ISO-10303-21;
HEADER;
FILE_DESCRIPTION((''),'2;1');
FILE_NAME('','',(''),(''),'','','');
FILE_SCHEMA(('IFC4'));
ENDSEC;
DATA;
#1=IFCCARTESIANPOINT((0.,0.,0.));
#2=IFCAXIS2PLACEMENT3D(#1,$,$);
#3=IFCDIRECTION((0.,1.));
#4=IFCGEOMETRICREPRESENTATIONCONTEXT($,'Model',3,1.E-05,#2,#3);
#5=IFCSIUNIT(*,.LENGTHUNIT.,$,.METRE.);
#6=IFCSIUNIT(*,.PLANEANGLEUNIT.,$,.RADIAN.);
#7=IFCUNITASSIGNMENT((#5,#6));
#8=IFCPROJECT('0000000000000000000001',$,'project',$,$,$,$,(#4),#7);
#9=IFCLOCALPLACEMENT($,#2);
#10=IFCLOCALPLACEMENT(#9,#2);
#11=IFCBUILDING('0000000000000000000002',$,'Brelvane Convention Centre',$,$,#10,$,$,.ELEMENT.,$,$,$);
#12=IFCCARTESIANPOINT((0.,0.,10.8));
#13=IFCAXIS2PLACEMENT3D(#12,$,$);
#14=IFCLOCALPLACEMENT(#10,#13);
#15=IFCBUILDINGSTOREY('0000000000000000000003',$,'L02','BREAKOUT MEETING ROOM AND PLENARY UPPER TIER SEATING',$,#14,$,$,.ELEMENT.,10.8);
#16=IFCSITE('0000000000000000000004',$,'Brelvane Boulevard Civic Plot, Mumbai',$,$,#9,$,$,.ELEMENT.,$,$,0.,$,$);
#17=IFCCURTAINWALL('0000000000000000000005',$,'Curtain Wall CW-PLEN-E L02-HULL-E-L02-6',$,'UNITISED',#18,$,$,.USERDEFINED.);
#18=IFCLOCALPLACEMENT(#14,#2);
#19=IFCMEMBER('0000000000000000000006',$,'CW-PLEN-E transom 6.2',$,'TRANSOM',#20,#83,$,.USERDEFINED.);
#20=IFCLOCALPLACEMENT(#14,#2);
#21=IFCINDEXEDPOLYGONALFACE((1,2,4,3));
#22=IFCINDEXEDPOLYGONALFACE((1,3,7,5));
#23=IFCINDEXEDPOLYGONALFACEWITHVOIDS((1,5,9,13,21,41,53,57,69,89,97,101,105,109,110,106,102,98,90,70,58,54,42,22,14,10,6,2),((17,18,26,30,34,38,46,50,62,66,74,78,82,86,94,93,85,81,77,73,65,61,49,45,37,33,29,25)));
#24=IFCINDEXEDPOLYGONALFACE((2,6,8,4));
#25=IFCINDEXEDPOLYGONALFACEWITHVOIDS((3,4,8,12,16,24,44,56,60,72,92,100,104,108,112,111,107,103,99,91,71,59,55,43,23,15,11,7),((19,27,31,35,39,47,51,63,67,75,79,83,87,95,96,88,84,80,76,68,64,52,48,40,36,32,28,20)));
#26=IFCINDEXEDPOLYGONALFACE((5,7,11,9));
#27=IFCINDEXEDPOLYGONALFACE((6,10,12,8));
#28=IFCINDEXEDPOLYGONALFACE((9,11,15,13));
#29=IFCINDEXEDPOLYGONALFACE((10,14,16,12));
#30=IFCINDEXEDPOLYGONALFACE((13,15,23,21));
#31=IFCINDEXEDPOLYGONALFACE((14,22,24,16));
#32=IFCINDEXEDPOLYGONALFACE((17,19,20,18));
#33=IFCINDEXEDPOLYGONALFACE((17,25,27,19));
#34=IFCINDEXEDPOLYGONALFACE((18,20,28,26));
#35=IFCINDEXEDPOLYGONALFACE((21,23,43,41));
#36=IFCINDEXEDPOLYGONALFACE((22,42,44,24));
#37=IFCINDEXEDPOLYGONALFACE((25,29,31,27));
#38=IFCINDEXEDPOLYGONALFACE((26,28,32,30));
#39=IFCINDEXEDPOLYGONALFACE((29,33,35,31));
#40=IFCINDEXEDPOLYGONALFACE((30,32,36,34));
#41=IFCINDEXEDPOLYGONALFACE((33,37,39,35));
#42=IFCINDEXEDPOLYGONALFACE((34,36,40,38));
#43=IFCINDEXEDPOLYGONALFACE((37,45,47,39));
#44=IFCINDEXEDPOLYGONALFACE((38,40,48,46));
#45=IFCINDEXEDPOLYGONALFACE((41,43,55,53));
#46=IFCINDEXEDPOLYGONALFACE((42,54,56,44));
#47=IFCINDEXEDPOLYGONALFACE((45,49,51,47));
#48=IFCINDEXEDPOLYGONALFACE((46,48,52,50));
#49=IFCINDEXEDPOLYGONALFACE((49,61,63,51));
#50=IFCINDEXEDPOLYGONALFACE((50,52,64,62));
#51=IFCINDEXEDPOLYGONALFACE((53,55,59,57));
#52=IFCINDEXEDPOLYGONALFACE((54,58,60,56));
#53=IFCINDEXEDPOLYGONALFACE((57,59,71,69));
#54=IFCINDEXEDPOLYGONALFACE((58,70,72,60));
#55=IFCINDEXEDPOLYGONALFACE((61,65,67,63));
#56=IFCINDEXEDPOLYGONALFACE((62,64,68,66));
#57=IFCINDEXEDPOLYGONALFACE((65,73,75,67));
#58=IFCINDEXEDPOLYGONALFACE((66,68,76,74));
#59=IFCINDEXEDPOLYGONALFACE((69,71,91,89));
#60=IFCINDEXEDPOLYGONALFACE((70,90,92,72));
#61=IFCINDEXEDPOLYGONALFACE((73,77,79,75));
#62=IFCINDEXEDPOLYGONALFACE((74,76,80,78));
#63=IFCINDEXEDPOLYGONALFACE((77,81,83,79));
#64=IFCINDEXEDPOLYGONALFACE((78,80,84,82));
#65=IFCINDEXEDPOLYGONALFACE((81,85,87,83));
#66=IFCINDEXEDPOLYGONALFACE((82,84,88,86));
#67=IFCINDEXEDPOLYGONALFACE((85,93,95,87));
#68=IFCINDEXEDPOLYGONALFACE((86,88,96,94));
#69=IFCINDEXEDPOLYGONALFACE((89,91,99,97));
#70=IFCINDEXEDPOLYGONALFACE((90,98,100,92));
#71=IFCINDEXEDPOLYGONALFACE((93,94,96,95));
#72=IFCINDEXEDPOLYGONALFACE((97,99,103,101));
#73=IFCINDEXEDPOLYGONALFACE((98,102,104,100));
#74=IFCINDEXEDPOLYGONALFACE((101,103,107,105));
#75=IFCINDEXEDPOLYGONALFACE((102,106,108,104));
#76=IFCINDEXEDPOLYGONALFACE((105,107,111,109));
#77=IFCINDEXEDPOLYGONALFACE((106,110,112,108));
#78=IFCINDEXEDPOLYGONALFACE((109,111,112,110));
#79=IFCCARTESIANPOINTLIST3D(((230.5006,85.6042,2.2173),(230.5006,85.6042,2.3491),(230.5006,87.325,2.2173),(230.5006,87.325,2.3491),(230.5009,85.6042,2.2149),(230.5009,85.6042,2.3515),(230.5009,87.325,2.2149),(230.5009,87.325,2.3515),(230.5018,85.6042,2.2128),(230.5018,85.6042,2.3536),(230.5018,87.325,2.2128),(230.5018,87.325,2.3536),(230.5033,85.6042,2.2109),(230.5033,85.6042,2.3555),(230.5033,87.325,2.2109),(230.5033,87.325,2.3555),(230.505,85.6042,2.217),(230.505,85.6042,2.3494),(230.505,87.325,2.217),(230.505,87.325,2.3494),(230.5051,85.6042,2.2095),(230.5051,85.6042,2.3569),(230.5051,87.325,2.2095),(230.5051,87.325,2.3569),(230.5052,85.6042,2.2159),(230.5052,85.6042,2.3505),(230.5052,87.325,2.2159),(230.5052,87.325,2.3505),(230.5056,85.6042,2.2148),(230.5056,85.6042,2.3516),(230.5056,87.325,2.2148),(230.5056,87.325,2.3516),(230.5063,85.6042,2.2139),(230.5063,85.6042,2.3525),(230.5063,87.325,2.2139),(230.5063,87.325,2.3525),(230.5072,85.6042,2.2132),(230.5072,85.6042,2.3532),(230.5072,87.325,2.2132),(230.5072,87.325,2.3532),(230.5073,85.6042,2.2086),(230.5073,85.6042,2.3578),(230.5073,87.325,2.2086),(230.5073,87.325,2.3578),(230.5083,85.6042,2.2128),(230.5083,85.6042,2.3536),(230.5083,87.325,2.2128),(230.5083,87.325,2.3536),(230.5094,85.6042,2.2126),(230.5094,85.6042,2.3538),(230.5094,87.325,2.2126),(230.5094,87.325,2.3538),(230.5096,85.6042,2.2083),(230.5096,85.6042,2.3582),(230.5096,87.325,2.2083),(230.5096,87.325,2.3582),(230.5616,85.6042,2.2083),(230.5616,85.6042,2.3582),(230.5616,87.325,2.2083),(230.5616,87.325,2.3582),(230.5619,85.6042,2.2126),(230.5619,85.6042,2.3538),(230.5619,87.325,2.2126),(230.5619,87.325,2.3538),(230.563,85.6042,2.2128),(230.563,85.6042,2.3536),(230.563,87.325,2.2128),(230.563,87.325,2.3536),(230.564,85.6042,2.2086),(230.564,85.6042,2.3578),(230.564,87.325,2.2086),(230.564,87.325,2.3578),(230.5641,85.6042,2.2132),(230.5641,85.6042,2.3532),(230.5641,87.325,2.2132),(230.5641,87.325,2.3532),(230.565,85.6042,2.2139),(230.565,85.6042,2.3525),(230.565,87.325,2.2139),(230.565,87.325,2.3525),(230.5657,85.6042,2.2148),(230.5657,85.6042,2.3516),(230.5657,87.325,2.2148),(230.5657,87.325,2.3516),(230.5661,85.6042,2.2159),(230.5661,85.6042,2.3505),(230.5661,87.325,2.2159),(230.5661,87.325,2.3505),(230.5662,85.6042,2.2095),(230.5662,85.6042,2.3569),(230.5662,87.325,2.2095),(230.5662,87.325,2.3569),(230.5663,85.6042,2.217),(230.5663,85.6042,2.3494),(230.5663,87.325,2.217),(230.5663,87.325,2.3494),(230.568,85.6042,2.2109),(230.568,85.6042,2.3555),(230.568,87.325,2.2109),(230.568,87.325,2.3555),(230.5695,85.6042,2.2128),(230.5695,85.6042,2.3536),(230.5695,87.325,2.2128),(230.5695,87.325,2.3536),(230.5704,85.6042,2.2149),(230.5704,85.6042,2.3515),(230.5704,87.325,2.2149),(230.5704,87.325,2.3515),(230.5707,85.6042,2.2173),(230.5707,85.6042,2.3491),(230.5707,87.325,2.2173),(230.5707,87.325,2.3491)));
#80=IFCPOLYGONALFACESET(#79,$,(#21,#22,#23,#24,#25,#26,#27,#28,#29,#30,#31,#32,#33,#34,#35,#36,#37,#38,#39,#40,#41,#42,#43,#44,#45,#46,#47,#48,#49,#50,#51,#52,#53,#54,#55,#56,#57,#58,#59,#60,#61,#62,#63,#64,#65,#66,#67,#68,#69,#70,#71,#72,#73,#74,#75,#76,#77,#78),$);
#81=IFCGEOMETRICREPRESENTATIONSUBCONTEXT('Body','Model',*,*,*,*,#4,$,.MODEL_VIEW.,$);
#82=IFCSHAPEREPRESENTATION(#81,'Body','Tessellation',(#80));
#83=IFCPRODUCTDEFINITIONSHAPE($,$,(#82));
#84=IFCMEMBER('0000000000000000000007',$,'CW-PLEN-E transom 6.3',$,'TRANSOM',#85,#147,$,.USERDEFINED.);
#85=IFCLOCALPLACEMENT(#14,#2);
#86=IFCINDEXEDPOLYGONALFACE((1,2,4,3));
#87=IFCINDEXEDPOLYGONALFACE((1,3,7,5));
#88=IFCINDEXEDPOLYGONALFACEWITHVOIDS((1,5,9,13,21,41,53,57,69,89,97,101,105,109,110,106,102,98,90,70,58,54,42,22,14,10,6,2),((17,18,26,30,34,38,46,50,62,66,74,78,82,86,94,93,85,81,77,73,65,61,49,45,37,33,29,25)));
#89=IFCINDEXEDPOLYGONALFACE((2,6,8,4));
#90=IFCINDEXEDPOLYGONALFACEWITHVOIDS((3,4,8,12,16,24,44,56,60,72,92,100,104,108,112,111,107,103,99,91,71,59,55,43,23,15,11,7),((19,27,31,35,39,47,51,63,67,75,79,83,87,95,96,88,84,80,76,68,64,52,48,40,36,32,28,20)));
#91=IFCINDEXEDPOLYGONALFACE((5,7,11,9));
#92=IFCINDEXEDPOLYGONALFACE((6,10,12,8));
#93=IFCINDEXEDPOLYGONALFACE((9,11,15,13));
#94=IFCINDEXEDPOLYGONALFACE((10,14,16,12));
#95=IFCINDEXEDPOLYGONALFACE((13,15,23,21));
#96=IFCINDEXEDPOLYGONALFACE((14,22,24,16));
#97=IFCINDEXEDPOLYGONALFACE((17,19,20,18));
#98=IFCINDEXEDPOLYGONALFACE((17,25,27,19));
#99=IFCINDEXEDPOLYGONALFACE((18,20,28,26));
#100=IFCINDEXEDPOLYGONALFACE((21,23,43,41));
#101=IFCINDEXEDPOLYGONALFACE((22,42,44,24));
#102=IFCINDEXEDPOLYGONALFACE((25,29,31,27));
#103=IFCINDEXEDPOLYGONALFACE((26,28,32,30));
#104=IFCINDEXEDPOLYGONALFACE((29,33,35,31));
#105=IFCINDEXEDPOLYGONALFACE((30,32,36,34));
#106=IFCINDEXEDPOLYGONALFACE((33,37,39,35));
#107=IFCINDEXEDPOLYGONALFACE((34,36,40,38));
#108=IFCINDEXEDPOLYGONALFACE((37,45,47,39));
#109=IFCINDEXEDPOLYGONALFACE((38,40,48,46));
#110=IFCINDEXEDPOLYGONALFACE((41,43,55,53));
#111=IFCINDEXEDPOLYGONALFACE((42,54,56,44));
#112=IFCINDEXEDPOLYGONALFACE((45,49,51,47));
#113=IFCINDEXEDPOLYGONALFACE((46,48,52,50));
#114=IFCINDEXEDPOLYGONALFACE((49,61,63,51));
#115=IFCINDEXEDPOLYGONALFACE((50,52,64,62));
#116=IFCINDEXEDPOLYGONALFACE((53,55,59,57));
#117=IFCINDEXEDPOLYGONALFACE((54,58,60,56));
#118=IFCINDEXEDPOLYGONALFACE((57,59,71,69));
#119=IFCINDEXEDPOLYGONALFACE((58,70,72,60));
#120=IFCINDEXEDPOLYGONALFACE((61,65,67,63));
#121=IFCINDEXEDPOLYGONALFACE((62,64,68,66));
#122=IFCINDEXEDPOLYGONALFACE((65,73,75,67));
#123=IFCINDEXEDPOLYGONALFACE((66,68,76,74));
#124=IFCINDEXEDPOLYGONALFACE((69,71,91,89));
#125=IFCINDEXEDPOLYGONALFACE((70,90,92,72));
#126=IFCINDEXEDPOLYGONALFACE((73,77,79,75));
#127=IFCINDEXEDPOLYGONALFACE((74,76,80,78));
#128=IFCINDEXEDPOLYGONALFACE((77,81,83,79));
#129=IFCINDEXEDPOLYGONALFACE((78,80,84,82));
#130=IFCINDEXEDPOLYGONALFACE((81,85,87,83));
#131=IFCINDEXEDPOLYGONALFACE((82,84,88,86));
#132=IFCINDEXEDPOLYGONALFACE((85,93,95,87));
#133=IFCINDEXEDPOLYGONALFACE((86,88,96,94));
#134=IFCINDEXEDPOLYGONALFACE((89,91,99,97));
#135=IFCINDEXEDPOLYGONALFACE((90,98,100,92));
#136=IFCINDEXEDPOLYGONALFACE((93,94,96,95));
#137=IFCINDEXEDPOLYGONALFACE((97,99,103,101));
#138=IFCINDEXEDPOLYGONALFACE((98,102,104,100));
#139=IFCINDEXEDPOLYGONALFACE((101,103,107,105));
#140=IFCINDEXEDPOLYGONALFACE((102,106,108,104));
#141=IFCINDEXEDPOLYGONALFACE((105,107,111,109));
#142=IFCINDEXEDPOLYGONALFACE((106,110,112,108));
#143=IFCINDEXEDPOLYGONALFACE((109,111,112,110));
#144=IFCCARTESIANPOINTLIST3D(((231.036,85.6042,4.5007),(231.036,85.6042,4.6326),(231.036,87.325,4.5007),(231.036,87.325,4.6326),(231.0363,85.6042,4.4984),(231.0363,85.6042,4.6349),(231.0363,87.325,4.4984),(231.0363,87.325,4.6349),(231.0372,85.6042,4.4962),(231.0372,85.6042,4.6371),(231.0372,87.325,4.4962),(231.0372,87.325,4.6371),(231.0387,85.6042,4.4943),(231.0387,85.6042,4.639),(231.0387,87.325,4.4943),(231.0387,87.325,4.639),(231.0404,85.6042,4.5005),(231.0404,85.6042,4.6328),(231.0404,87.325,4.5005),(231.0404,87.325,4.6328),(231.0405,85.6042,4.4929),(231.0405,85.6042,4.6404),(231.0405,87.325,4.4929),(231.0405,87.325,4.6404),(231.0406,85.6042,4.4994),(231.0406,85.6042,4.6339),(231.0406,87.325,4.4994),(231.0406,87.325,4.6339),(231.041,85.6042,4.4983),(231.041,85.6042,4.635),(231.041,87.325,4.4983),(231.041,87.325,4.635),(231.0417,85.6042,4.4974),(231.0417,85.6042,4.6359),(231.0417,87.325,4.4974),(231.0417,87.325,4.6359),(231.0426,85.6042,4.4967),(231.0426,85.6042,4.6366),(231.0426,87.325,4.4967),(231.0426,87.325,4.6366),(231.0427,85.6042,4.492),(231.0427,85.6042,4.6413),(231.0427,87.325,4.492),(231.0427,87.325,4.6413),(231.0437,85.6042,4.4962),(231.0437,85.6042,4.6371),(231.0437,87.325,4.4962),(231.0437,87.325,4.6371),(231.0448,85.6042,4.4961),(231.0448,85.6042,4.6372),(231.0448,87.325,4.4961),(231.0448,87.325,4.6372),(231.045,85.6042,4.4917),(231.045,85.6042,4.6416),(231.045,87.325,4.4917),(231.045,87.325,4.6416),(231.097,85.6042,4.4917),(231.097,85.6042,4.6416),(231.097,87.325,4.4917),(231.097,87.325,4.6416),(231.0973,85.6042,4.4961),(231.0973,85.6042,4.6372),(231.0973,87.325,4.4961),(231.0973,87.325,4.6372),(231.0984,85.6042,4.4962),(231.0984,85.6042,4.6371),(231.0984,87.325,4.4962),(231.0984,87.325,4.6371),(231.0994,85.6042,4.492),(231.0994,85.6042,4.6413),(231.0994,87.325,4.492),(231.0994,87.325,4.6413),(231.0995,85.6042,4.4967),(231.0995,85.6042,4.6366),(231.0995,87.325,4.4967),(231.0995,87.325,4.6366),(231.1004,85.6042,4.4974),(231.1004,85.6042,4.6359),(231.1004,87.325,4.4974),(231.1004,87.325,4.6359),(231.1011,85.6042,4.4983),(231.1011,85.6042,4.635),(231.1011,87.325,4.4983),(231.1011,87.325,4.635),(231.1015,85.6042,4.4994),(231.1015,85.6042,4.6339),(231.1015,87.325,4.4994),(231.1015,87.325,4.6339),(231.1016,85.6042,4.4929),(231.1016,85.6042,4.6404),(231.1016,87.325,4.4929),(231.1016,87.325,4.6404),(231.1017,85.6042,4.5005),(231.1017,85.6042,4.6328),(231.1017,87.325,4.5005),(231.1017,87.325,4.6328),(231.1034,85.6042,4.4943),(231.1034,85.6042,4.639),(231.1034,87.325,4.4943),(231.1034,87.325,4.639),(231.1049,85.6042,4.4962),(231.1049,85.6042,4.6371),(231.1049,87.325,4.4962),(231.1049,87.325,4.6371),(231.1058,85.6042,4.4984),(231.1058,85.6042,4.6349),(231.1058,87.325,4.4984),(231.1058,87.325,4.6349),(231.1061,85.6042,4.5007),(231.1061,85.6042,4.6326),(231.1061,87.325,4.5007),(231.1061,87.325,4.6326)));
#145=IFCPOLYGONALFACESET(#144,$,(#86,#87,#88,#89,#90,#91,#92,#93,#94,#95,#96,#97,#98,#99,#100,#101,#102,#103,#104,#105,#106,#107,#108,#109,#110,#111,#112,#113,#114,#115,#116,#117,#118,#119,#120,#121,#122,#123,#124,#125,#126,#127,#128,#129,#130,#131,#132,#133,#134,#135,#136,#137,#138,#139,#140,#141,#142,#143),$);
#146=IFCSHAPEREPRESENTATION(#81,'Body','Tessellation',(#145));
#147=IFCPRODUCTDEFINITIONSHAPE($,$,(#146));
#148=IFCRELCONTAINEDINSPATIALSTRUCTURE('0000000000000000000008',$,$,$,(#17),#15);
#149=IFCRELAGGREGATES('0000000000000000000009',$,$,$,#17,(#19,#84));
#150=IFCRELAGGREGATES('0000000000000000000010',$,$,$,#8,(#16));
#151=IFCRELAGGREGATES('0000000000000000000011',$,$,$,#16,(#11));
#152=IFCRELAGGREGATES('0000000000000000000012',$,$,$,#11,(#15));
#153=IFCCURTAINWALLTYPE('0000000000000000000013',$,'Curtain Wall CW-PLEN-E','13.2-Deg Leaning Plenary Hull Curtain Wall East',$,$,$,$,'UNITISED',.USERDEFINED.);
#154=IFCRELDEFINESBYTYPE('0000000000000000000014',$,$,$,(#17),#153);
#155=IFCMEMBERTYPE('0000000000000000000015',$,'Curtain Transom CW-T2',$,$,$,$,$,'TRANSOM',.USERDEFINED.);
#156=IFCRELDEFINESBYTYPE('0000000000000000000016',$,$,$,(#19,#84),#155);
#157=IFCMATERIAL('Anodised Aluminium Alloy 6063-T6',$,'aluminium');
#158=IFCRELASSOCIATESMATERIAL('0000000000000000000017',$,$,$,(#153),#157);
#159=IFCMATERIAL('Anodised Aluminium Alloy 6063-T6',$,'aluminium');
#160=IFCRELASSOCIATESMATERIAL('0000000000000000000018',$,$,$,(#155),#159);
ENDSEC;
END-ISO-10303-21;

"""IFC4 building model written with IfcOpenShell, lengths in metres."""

from ifc_helpers import new_model, si_unit, direction, frame, origin, origin_2d, place, context, subcontext, project, spatial, hollow_rectangle, extrude, material, material_profile, profile_set, type_object, element, aggregate, save


model = new_model("IFC4")

# Units and contexts
model_context = context("Model", 3, precision=1e-05, world=origin(), true_north=direction((0.0, 1.0)))
body_context = subcontext(model_context, "Body", "Model", "MODEL_VIEW")
ifc_project = project(units=[si_unit("LENGTHUNIT", "METRE"), si_unit("PLANEANGLEUNIT", "RADIAN")], contexts=[model_context])

# Site, building, storey
site_placement = place(None, origin())
site = spatial("IfcSite", under=ifc_project, at=site_placement, Name="Brelvane Boulevard Civic Plot, Mumbai", CompositionType="ELEMENT", RefElevation=0.0)
building_placement = place(site_placement, origin())
building = spatial("IfcBuilding", under=site, at=building_placement, Name="Brelvane Convention Centre", CompositionType="ELEMENT")
storey_placement = place(building_placement, frame((0.0, 0.0, 10.8)))
storey = spatial("IfcBuildingStorey", under=building, at=storey_placement, Name="L02", Description="BREAKOUT MEETING ROOM AND PLENARY UPPER TIER SEATING", CompositionType="ELEMENT", Elevation=10.8)

# Curtain wall, members
ifc_material_1 = material(Name="Anodised Aluminium Alloy 6063-T6", Category="aluminium")
curtain_wall_type = type_object("IfcCurtainWallType", Name="Curtain Wall CW-PLEN-E", Description="13.2-Deg Leaning Plenary Hull Curtain Wall East", ElementType="UNITISED", PredefinedType="USERDEFINED", material=ifc_material_1)
curtain_wall_placement = place(storey_placement, origin())
curtain_wall = element("IfcCurtainWall", 1, at=curtain_wall_placement, inside=storey, type_object=curtain_wall_type, Name="Curtain Wall CW-PLEN-E L02-HULL-E-L02-6", ObjectType="UNITISED", PredefinedType="USERDEFINED")
ifc_material_2 = material(Name="Anodised Aluminium Alloy 6063-T6", Category="aluminium")
ifc_material_profile = material_profile(ifc_material_2, hollow_rectangle(XDim=0.0701, YDim=0.1499, WallThickness=0.0044, InnerFilletRadius=0.0044, OuterFilletRadius=0.009, at=origin_2d()), Name="ALU-T 150x70x4.5")
ifc_profile_set = profile_set([ifc_material_profile], Name="Anodised Aluminium Alloy 6063-T6")
member_type = type_object("IfcMemberType", Name="Curtain Transom CW-T2", ElementType="TRANSOM", PredefinedType="USERDEFINED", material=ifc_profile_set)
member_1_placement = place(storey_placement, frame((230.5356, 85.6042, 2.2832), z_axis=(0.0, 1.0, 0.0), x_axis=(-1.0, 0.0, 0.0)))
member_1 = element("IfcMember", 2, at=member_1_placement, type_object=member_type, Name="CW-PLEN-E transom 6.2", ObjectType="TRANSOM", PredefinedType="USERDEFINED", context=body_context, shape_type="SweptSolid", body=[
    extrude(hollow_rectangle(XDim=0.0701, YDim=0.1499, WallThickness=0.0044, InnerFilletRadius=0.0044, OuterFilletRadius=0.009, at=origin_2d()), origin(), (0.0, 0.0, 1.0), 1.7207),
])
member_2_placement = place(storey_placement, frame((231.071, 85.6042, 4.5667), z_axis=(0.0, 1.0, 0.0), x_axis=(-1.0, 0.0, 0.0)))
member_2 = element("IfcMember", 3, at=member_2_placement, type_object=member_type, Name="CW-PLEN-E transom 6.3", ObjectType="TRANSOM", PredefinedType="USERDEFINED", context=body_context, shape_type="SweptSolid", body=[
    extrude(hollow_rectangle(XDim=0.0701, YDim=0.1499, WallThickness=0.0044, InnerFilletRadius=0.0044, OuterFilletRadius=0.009, at=origin_2d()), origin(), (0.0, 0.0, 1.0), 1.7207),
])
aggregate(curtain_wall, [member_1, member_2])

save(model, "model.ifc")
